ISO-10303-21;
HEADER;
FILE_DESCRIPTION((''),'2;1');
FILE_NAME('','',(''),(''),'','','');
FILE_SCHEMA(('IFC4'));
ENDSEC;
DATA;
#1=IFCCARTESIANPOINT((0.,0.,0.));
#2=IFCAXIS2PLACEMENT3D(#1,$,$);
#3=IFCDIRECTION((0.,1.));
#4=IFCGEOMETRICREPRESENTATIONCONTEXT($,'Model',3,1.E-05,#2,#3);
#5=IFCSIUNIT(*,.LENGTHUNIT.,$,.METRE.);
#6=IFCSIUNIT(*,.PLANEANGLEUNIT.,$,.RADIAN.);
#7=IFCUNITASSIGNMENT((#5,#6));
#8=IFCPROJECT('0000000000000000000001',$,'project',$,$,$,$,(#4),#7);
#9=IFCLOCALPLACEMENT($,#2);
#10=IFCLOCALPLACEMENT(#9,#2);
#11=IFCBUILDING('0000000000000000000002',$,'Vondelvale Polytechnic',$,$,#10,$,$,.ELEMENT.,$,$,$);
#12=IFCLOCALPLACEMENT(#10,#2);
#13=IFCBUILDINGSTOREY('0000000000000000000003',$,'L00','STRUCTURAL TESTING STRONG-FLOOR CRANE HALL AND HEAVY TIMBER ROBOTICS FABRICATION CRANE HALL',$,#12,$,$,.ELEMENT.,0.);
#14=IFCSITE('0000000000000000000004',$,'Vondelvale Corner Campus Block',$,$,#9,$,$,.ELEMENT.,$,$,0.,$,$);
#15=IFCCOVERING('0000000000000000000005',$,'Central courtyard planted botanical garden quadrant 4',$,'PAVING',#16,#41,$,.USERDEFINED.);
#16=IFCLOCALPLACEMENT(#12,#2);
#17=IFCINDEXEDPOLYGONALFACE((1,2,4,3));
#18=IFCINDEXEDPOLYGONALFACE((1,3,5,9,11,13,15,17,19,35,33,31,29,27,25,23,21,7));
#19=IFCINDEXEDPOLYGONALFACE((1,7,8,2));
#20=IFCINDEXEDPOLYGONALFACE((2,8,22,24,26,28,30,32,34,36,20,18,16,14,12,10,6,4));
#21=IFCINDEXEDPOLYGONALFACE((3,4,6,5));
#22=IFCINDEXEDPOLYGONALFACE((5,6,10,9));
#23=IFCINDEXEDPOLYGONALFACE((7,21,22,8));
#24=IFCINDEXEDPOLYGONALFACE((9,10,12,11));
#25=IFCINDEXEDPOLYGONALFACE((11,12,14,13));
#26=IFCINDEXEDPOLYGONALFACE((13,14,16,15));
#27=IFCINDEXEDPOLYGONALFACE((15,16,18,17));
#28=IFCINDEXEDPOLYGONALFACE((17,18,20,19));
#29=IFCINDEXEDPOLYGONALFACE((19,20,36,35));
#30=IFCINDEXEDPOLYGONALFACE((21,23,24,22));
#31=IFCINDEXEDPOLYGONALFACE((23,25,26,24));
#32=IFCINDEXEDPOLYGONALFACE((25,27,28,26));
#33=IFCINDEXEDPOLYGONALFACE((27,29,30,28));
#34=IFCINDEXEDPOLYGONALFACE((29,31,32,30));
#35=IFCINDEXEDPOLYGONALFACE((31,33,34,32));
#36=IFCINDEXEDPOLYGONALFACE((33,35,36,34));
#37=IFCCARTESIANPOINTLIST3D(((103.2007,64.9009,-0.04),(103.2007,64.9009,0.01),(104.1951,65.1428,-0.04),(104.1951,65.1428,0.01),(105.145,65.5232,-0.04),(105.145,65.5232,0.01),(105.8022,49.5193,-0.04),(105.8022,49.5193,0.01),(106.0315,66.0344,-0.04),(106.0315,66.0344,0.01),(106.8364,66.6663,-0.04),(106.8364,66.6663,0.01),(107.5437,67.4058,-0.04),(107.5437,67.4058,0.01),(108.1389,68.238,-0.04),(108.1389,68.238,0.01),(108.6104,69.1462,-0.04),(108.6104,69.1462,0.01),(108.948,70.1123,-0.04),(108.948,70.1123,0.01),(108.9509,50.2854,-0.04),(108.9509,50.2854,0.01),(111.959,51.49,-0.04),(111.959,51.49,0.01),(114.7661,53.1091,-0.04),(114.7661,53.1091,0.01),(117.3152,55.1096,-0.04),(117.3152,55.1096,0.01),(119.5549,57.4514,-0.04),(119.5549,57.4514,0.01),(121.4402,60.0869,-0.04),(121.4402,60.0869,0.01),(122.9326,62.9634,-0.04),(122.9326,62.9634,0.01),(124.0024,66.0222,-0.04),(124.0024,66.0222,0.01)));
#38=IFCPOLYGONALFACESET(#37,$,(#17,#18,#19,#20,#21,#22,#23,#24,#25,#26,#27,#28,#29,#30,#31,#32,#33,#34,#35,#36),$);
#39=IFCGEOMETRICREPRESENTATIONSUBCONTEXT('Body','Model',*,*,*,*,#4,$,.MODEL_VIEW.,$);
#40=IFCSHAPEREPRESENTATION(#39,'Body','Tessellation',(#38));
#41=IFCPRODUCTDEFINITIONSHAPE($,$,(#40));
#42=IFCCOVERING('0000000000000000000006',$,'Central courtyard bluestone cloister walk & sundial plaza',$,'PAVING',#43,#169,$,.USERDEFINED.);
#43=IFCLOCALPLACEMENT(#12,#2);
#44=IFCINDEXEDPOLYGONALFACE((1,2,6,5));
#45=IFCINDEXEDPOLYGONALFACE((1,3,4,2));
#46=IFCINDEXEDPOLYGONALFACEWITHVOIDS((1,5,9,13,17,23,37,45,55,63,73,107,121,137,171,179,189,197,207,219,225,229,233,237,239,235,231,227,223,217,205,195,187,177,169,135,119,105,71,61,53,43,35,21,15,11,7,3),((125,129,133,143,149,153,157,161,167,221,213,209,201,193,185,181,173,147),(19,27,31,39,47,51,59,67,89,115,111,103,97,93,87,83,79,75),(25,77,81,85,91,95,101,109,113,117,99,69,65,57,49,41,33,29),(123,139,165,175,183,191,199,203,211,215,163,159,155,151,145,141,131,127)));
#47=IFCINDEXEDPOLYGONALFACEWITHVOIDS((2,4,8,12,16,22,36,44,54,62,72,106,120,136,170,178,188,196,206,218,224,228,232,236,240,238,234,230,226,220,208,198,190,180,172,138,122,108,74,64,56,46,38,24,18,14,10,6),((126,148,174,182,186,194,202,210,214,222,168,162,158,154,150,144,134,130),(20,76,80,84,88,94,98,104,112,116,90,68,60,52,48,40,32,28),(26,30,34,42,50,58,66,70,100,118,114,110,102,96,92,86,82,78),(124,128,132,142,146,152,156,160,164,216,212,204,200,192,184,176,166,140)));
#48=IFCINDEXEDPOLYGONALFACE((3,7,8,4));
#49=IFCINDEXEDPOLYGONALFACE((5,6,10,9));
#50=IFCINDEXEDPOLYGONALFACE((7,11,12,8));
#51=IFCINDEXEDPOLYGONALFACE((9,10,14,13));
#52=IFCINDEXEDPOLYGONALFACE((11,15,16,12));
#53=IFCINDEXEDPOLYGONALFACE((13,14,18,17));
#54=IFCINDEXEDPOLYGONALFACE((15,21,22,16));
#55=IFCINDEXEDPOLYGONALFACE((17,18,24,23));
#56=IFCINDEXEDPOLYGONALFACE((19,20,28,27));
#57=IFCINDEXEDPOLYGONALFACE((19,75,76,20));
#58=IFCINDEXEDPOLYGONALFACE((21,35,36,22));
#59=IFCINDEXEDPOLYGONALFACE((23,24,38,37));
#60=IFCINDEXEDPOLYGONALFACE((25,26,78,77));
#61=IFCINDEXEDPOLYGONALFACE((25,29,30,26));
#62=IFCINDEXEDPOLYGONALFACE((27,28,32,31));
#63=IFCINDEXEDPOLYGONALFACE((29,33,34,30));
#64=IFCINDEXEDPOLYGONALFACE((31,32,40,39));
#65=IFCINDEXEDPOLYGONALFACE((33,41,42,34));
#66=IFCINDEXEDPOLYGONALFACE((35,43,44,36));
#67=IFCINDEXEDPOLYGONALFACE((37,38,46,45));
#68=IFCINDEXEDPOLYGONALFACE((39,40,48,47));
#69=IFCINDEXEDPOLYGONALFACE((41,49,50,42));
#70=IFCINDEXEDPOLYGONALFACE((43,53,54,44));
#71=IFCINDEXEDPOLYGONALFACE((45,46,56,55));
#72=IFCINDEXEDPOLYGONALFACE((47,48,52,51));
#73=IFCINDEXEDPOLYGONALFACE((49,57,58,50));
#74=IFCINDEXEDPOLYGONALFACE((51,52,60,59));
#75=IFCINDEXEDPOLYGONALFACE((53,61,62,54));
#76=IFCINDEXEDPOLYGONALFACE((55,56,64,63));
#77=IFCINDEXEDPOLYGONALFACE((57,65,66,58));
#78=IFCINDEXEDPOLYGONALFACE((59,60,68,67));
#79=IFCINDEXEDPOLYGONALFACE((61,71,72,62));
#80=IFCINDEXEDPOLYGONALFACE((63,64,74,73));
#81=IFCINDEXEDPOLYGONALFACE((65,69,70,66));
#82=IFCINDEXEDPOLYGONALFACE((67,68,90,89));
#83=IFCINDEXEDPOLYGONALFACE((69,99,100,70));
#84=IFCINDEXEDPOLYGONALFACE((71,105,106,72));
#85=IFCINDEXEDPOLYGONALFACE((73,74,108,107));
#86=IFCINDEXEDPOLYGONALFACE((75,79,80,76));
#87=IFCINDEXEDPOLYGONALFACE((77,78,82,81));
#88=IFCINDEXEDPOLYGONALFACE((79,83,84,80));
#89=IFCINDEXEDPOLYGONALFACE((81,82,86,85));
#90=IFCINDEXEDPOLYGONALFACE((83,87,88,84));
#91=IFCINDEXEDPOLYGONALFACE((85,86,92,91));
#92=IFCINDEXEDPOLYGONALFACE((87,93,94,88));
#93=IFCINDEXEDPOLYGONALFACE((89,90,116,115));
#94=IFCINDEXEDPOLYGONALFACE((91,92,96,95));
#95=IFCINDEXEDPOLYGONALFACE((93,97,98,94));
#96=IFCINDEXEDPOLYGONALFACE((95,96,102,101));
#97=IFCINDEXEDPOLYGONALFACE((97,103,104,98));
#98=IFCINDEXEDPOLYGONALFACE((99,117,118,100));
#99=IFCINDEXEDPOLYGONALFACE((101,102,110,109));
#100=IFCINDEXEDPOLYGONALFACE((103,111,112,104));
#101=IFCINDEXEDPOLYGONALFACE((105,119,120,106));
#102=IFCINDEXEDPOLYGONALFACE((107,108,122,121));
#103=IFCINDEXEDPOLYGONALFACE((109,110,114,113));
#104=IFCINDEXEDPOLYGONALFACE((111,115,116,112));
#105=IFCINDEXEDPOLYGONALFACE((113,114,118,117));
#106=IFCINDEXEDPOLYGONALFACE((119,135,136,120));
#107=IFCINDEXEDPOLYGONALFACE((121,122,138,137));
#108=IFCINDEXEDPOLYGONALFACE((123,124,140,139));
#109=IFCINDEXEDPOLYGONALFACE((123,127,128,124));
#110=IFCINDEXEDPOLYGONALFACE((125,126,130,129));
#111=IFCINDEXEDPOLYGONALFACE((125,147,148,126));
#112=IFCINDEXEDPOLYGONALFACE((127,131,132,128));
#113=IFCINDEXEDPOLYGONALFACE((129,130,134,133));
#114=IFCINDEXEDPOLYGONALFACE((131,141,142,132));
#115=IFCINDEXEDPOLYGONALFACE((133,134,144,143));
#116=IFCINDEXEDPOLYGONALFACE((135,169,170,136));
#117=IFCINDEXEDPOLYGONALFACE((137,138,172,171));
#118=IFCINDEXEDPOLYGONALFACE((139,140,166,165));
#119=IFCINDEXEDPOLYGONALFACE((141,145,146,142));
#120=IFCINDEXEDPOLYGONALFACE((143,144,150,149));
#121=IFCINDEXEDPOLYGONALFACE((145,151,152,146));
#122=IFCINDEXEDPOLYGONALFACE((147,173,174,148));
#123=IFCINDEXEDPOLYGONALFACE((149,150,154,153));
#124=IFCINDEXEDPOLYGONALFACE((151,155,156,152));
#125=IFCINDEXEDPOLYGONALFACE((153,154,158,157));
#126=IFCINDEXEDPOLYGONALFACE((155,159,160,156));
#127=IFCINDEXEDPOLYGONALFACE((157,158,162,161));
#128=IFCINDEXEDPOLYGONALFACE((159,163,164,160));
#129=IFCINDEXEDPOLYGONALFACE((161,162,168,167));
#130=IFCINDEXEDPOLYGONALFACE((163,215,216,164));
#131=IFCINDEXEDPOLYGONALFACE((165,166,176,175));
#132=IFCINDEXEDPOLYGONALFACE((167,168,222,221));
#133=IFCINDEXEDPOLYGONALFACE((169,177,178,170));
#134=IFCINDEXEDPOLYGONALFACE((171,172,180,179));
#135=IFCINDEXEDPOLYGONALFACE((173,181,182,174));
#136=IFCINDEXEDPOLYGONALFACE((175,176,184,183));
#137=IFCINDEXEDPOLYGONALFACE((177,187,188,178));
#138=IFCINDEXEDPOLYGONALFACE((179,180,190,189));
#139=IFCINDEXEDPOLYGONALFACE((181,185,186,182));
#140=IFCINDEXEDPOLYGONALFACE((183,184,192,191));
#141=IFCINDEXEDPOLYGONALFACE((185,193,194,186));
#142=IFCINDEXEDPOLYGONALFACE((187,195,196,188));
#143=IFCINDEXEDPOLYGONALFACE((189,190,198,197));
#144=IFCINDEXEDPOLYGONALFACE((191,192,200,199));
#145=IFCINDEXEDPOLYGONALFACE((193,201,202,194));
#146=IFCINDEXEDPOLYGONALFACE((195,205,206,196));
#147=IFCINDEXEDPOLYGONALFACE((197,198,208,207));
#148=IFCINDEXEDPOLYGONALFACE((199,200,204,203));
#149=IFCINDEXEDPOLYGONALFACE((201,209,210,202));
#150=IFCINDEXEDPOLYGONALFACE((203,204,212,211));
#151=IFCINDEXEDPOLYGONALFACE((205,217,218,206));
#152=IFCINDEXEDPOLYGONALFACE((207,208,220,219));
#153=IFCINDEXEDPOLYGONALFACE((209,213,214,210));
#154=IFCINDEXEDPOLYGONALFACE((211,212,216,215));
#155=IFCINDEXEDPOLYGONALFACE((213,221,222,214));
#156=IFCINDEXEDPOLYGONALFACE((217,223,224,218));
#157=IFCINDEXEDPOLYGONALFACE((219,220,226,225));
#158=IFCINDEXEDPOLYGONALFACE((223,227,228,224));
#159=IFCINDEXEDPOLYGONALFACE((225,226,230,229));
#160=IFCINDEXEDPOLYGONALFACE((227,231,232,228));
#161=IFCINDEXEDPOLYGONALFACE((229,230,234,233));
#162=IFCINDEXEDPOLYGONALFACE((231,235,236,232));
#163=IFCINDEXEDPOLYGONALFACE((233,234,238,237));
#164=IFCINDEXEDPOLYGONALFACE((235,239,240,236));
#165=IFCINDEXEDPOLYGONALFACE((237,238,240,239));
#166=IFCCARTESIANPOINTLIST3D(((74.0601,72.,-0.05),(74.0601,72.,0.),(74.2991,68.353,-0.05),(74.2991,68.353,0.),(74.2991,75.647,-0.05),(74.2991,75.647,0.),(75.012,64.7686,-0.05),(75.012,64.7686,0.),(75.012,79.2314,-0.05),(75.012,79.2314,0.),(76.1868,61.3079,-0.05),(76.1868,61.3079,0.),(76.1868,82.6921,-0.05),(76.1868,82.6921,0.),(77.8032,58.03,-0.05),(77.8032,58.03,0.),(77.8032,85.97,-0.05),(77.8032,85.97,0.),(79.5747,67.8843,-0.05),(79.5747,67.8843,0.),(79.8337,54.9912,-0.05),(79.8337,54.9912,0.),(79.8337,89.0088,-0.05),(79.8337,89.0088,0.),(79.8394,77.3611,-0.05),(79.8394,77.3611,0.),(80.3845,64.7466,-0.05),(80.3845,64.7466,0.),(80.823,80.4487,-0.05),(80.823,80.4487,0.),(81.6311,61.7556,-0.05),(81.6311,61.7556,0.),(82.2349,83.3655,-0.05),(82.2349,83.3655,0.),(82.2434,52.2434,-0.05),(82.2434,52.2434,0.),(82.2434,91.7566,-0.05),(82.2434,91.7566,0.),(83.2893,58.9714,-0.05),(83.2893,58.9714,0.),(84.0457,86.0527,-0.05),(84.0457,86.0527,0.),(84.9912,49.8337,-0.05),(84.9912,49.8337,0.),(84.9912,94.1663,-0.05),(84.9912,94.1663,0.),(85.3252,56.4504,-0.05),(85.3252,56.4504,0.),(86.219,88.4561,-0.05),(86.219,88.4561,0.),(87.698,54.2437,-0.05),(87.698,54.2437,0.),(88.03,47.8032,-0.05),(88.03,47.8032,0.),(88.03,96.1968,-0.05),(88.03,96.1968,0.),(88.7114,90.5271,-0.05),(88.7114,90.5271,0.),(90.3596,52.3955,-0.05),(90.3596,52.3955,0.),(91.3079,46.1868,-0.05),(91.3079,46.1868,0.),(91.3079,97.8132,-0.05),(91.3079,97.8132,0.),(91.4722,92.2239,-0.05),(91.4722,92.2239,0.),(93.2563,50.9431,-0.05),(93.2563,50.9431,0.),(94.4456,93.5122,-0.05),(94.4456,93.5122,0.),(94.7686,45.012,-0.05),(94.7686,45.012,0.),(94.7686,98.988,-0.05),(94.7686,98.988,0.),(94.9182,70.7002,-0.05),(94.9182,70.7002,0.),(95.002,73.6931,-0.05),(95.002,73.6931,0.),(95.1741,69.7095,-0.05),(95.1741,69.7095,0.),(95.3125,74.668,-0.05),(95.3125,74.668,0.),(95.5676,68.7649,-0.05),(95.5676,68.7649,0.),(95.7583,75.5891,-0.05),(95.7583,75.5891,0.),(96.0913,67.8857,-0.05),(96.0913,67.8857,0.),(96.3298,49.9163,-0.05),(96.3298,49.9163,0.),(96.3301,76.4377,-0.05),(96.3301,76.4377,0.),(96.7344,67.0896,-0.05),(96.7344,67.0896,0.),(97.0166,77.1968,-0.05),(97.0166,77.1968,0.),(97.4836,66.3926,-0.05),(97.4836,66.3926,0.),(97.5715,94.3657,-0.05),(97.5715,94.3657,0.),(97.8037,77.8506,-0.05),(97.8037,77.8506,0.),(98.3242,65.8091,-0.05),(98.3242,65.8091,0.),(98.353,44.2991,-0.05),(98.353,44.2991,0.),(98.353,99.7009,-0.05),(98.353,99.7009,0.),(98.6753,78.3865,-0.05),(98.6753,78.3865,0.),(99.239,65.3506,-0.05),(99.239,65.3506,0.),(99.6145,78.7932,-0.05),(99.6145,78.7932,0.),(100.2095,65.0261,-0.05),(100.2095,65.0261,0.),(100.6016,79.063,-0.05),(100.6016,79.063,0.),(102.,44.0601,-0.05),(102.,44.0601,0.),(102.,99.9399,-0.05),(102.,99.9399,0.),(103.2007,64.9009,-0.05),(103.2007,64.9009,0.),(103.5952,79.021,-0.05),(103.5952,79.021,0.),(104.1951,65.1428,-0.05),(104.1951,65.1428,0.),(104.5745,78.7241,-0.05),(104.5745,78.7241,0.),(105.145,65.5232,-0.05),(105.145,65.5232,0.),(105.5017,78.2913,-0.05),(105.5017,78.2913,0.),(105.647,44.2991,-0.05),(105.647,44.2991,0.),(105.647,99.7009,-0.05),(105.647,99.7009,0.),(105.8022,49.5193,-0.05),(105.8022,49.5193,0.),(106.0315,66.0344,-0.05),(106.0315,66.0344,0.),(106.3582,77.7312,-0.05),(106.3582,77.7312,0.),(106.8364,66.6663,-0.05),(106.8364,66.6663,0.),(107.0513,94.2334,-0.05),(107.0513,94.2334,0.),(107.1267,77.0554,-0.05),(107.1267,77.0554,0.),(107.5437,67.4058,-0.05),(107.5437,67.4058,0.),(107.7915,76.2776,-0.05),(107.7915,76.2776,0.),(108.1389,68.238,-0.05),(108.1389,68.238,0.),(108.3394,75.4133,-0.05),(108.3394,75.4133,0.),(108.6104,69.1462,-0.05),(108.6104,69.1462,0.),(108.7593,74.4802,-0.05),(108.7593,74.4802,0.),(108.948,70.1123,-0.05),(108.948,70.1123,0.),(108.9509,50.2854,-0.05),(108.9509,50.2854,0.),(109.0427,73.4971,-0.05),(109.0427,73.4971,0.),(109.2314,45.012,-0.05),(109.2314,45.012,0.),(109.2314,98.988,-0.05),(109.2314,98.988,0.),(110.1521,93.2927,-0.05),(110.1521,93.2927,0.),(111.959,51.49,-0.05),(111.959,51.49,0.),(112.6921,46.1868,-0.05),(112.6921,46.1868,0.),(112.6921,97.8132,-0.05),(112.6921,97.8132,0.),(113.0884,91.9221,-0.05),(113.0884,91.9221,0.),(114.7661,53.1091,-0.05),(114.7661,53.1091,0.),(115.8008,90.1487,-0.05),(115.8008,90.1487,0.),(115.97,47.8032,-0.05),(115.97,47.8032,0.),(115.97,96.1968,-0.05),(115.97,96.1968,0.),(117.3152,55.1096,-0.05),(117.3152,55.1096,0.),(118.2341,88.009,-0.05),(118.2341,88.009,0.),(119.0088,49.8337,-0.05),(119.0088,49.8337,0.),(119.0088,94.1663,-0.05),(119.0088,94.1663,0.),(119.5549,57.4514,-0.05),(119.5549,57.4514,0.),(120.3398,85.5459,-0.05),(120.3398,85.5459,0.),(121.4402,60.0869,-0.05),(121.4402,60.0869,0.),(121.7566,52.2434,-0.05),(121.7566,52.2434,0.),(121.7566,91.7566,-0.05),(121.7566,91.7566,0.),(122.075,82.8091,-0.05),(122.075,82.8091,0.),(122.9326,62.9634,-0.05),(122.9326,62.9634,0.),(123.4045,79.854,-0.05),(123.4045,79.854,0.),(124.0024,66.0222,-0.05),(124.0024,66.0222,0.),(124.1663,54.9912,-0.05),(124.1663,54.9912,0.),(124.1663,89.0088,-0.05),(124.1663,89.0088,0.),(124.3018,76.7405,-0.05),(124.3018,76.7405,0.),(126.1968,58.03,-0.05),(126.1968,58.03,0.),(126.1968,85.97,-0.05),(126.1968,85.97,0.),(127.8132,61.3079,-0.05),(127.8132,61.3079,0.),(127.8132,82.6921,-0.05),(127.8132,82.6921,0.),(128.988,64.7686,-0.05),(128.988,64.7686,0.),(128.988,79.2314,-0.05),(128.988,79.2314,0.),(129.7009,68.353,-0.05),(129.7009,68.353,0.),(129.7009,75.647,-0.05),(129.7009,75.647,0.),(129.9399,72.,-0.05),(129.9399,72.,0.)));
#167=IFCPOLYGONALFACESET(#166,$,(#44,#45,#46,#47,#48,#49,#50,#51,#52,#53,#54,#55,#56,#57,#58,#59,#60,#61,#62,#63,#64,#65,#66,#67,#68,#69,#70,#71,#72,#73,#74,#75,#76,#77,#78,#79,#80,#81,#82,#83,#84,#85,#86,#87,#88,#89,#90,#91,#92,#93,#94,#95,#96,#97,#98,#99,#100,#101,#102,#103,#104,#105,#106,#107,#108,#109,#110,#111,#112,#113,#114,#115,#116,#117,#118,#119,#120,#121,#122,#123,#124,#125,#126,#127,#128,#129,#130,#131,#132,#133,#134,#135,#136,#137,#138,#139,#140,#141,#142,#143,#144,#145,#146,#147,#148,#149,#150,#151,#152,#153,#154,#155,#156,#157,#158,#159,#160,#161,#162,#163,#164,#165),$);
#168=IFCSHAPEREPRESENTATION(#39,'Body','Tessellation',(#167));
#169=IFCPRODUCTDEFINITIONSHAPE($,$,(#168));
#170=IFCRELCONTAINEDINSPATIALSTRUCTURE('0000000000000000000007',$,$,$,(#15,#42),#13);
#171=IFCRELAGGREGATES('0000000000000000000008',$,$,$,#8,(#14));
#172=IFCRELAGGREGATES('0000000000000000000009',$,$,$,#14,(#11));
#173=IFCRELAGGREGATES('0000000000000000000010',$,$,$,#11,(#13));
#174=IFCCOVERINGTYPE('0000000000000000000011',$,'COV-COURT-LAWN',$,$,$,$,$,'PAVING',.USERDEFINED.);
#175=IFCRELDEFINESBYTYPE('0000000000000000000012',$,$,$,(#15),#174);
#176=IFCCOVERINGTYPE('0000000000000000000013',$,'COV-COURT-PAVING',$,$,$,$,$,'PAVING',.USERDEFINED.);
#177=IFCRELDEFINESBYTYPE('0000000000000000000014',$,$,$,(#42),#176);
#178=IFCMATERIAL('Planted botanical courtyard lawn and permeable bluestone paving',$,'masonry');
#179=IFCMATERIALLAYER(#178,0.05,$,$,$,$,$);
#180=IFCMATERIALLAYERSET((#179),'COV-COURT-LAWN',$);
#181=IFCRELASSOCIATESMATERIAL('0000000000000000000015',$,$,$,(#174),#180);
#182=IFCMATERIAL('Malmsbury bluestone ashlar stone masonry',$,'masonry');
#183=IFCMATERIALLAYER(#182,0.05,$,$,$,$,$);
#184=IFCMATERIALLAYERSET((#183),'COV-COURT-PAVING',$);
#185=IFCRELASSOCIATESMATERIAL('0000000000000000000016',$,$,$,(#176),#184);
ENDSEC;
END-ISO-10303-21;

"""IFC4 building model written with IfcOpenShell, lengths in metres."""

from ifc_helpers import new_model, si_unit, direction, frame, origin, place, context, subcontext, project, spatial, polyline, outline, extrude, material, layer, layer_set, type_object, element, save


model = new_model("IFC4")

# Units and contexts
model_context = context("Model", 3, precision=1e-05, world=origin(), true_north=direction((0.0, 1.0)))
body_context = subcontext(model_context, "Body", "Model", "MODEL_VIEW")
ifc_project = project(units=[si_unit("LENGTHUNIT", "METRE"), si_unit("PLANEANGLEUNIT", "RADIAN")], contexts=[model_context])

# Site, building, storey
site_placement = place(None, origin())
site = spatial("IfcSite", under=ifc_project, at=site_placement, Name="Vondelvale Corner Campus Block", CompositionType="ELEMENT", RefElevation=0.0)
building_placement = place(site_placement, origin())
building = spatial("IfcBuilding", under=site, at=building_placement, Name="Vondelvale Polytechnic", CompositionType="ELEMENT")
storey_placement = place(building_placement, origin())
storey = spatial("IfcBuildingStorey", under=building, at=storey_placement, Name="L00", Description="STRUCTURAL TESTING STRONG-FLOOR CRANE HALL AND HEAVY TIMBER ROBOTICS FABRICATION CRANE HALL", CompositionType="ELEMENT", Elevation=0.0)

# Coverings
ifc_material_1 = material(Name="Malmsbury bluestone ashlar stone masonry", Category="masonry")
ifc_material_2 = material(Name="Planted botanical courtyard lawn and permeable bluestone paving", Category="masonry")
ifc_layer_1 = layer(ifc_material_2, 0.05)
ifc_layer_set_1 = layer_set([ifc_layer_1], Name="COV-COURT-LAWN")
covering_type_1 = type_object("IfcCoveringType", Name="COV-COURT-LAWN", ElementType="PAVING", PredefinedType="USERDEFINED", material=ifc_layer_set_1)
covering_1_placement = place(storey_placement, frame((0.0, 0.0, -0.04)))
element("IfcCovering", 1, at=covering_1_placement, inside=storey, type_object=covering_type_1, Name="Central courtyard planted botanical garden quadrant 4", ObjectType="PAVING", PredefinedType="USERDEFINED", context=body_context, shape_type="SweptSolid", body=[
    extrude(outline(polyline([(105.8022, 49.5193), (108.9509, 50.2854), (111.959, 51.49), (114.7661, 53.1091), (117.3152, 55.1096), (119.5549, 57.4514), (121.4402, 60.0869), (122.9326, 62.9634), (124.0024, 66.0222), (108.948, 70.1123), (108.6104, 69.1462), (108.1389, 68.238), (107.5437, 67.4058), (106.8364, 66.6663), (106.0315, 66.0344), (105.145, 65.5232), (104.1951, 65.1428), (103.2007, 64.9009), (105.8022, 49.5193)])), origin(), (0.0, 0.0, 1.0), 0.05),
])
ifc_layer_2 = layer(ifc_material_1, 0.05)
ifc_layer_set_2 = layer_set([ifc_layer_2], Name="COV-COURT-PAVING")
covering_type_2 = type_object("IfcCoveringType", Name="COV-COURT-PAVING", ElementType="PAVING", PredefinedType="USERDEFINED", material=ifc_layer_set_2)
covering_2_placement = place(storey_placement, frame((0.0, 0.0, -0.05)))
element("IfcCovering", 2, at=covering_2_placement, inside=storey, type_object=covering_type_2, Name="Central courtyard bluestone cloister walk & sundial plaza", ObjectType="PAVING", PredefinedType="USERDEFINED", context=body_context, shape_type="SweptSolid", body=[
    extrude(outline(polyline([(129.9399, 72.0), (129.7009, 75.647), (128.988, 79.2314), (127.8132, 82.6921), (126.1968, 85.97), (124.1663, 89.0088), (121.7566, 91.7566), (119.0088, 94.1663), (115.97, 96.1968), (112.6921, 97.8132), (109.2314, 98.988), (105.647, 99.7009), (102.0, 99.9399), (98.353, 99.7009), (94.7686, 98.988), (91.3079, 97.8132), (88.03, 96.1968), (84.9912, 94.1663), (82.2434, 91.7566), (79.8337, 89.0088), (77.8032, 85.97), (76.1868, 82.6921), (75.012, 79.2314), (74.2991, 75.647), (74.0601, 72.0), (74.2991, 68.353), (75.012, 64.7686), (76.1868, 61.3079), (77.8032, 58.03), (79.8337, 54.9912), (82.2434, 52.2434), (84.9912, 49.8337), (88.03, 47.8032), (91.3079, 46.1868), (94.7686, 45.012), (98.353, 44.2991), (102.0, 44.0601), (105.647, 44.2991), (109.2314, 45.012), (112.6921, 46.1868), (115.97, 47.8032), (119.0088, 49.8337), (121.7566, 52.2434), (124.1663, 54.9912), (126.1968, 58.03), (127.8132, 61.3079), (128.988, 64.7686), (129.7009, 68.353), (129.9399, 72.0)]), holes=[polyline([(124.3018, 76.7405), (123.4045, 79.854), (122.075, 82.8091), (120.3398, 85.5459), (118.2341, 88.009), (115.8008, 90.1487), (113.0884, 91.9221), (110.1521, 93.2927), (107.0513, 94.2334), (103.5952, 79.021), (104.5745, 78.7241), (105.5017, 78.2913), (106.3582, 77.7312), (107.1267, 77.0554), (107.7915, 76.2776), (108.3394, 75.4133), (108.7593, 74.4802), (109.0427, 73.4971), (124.3018, 76.7405)]), polyline([(97.5715, 94.3657), (94.4456, 93.5122), (91.4722, 92.2239), (88.7114, 90.5271), (86.219, 88.4561), (84.0457, 86.0527), (82.2349, 83.3655), (80.823, 80.4487), (79.8394, 77.3611), (95.002, 73.6931), (95.3125, 74.668), (95.7583, 75.5891), (96.3301, 76.4377), (97.0166, 77.1968), (97.8037, 77.8506), (98.6753, 78.3865), (99.6145, 78.7932), (100.6016, 79.063), (97.5715, 94.3657)]), polyline([(79.5747, 67.8843), (80.3845, 64.7466), (81.6311, 61.7556), (83.2893, 58.9714), (85.3252, 56.4504), (87.698, 54.2437), (90.3596, 52.3955), (93.2563, 50.9431), (96.3298, 49.9163), (100.2095, 65.0261), (99.239, 65.3506), (98.3242, 65.8091), (97.4836, 66.3926), (96.7344, 67.0896), (96.0913, 67.8857), (95.5676, 68.7649), (95.1741, 69.7095), (94.9182, 70.7002), (79.5747, 67.8843)]), polyline([(105.8022, 49.5193), (108.9509, 50.2854), (111.959, 51.49), (114.7661, 53.1091), (117.3152, 55.1096), (119.5549, 57.4514), (121.4402, 60.0869), (122.9326, 62.9634), (124.0024, 66.0222), (108.948, 70.1123), (108.6104, 69.1462), (108.1389, 68.238), (107.5437, 67.4058), (106.8364, 66.6663), (106.0315, 66.0344), (105.145, 65.5232), (104.1951, 65.1428), (103.2007, 64.9009), (105.8022, 49.5193)])]), origin(), (0.0, 0.0, 1.0), 0.05),
])

save(model, "model.ifc")
